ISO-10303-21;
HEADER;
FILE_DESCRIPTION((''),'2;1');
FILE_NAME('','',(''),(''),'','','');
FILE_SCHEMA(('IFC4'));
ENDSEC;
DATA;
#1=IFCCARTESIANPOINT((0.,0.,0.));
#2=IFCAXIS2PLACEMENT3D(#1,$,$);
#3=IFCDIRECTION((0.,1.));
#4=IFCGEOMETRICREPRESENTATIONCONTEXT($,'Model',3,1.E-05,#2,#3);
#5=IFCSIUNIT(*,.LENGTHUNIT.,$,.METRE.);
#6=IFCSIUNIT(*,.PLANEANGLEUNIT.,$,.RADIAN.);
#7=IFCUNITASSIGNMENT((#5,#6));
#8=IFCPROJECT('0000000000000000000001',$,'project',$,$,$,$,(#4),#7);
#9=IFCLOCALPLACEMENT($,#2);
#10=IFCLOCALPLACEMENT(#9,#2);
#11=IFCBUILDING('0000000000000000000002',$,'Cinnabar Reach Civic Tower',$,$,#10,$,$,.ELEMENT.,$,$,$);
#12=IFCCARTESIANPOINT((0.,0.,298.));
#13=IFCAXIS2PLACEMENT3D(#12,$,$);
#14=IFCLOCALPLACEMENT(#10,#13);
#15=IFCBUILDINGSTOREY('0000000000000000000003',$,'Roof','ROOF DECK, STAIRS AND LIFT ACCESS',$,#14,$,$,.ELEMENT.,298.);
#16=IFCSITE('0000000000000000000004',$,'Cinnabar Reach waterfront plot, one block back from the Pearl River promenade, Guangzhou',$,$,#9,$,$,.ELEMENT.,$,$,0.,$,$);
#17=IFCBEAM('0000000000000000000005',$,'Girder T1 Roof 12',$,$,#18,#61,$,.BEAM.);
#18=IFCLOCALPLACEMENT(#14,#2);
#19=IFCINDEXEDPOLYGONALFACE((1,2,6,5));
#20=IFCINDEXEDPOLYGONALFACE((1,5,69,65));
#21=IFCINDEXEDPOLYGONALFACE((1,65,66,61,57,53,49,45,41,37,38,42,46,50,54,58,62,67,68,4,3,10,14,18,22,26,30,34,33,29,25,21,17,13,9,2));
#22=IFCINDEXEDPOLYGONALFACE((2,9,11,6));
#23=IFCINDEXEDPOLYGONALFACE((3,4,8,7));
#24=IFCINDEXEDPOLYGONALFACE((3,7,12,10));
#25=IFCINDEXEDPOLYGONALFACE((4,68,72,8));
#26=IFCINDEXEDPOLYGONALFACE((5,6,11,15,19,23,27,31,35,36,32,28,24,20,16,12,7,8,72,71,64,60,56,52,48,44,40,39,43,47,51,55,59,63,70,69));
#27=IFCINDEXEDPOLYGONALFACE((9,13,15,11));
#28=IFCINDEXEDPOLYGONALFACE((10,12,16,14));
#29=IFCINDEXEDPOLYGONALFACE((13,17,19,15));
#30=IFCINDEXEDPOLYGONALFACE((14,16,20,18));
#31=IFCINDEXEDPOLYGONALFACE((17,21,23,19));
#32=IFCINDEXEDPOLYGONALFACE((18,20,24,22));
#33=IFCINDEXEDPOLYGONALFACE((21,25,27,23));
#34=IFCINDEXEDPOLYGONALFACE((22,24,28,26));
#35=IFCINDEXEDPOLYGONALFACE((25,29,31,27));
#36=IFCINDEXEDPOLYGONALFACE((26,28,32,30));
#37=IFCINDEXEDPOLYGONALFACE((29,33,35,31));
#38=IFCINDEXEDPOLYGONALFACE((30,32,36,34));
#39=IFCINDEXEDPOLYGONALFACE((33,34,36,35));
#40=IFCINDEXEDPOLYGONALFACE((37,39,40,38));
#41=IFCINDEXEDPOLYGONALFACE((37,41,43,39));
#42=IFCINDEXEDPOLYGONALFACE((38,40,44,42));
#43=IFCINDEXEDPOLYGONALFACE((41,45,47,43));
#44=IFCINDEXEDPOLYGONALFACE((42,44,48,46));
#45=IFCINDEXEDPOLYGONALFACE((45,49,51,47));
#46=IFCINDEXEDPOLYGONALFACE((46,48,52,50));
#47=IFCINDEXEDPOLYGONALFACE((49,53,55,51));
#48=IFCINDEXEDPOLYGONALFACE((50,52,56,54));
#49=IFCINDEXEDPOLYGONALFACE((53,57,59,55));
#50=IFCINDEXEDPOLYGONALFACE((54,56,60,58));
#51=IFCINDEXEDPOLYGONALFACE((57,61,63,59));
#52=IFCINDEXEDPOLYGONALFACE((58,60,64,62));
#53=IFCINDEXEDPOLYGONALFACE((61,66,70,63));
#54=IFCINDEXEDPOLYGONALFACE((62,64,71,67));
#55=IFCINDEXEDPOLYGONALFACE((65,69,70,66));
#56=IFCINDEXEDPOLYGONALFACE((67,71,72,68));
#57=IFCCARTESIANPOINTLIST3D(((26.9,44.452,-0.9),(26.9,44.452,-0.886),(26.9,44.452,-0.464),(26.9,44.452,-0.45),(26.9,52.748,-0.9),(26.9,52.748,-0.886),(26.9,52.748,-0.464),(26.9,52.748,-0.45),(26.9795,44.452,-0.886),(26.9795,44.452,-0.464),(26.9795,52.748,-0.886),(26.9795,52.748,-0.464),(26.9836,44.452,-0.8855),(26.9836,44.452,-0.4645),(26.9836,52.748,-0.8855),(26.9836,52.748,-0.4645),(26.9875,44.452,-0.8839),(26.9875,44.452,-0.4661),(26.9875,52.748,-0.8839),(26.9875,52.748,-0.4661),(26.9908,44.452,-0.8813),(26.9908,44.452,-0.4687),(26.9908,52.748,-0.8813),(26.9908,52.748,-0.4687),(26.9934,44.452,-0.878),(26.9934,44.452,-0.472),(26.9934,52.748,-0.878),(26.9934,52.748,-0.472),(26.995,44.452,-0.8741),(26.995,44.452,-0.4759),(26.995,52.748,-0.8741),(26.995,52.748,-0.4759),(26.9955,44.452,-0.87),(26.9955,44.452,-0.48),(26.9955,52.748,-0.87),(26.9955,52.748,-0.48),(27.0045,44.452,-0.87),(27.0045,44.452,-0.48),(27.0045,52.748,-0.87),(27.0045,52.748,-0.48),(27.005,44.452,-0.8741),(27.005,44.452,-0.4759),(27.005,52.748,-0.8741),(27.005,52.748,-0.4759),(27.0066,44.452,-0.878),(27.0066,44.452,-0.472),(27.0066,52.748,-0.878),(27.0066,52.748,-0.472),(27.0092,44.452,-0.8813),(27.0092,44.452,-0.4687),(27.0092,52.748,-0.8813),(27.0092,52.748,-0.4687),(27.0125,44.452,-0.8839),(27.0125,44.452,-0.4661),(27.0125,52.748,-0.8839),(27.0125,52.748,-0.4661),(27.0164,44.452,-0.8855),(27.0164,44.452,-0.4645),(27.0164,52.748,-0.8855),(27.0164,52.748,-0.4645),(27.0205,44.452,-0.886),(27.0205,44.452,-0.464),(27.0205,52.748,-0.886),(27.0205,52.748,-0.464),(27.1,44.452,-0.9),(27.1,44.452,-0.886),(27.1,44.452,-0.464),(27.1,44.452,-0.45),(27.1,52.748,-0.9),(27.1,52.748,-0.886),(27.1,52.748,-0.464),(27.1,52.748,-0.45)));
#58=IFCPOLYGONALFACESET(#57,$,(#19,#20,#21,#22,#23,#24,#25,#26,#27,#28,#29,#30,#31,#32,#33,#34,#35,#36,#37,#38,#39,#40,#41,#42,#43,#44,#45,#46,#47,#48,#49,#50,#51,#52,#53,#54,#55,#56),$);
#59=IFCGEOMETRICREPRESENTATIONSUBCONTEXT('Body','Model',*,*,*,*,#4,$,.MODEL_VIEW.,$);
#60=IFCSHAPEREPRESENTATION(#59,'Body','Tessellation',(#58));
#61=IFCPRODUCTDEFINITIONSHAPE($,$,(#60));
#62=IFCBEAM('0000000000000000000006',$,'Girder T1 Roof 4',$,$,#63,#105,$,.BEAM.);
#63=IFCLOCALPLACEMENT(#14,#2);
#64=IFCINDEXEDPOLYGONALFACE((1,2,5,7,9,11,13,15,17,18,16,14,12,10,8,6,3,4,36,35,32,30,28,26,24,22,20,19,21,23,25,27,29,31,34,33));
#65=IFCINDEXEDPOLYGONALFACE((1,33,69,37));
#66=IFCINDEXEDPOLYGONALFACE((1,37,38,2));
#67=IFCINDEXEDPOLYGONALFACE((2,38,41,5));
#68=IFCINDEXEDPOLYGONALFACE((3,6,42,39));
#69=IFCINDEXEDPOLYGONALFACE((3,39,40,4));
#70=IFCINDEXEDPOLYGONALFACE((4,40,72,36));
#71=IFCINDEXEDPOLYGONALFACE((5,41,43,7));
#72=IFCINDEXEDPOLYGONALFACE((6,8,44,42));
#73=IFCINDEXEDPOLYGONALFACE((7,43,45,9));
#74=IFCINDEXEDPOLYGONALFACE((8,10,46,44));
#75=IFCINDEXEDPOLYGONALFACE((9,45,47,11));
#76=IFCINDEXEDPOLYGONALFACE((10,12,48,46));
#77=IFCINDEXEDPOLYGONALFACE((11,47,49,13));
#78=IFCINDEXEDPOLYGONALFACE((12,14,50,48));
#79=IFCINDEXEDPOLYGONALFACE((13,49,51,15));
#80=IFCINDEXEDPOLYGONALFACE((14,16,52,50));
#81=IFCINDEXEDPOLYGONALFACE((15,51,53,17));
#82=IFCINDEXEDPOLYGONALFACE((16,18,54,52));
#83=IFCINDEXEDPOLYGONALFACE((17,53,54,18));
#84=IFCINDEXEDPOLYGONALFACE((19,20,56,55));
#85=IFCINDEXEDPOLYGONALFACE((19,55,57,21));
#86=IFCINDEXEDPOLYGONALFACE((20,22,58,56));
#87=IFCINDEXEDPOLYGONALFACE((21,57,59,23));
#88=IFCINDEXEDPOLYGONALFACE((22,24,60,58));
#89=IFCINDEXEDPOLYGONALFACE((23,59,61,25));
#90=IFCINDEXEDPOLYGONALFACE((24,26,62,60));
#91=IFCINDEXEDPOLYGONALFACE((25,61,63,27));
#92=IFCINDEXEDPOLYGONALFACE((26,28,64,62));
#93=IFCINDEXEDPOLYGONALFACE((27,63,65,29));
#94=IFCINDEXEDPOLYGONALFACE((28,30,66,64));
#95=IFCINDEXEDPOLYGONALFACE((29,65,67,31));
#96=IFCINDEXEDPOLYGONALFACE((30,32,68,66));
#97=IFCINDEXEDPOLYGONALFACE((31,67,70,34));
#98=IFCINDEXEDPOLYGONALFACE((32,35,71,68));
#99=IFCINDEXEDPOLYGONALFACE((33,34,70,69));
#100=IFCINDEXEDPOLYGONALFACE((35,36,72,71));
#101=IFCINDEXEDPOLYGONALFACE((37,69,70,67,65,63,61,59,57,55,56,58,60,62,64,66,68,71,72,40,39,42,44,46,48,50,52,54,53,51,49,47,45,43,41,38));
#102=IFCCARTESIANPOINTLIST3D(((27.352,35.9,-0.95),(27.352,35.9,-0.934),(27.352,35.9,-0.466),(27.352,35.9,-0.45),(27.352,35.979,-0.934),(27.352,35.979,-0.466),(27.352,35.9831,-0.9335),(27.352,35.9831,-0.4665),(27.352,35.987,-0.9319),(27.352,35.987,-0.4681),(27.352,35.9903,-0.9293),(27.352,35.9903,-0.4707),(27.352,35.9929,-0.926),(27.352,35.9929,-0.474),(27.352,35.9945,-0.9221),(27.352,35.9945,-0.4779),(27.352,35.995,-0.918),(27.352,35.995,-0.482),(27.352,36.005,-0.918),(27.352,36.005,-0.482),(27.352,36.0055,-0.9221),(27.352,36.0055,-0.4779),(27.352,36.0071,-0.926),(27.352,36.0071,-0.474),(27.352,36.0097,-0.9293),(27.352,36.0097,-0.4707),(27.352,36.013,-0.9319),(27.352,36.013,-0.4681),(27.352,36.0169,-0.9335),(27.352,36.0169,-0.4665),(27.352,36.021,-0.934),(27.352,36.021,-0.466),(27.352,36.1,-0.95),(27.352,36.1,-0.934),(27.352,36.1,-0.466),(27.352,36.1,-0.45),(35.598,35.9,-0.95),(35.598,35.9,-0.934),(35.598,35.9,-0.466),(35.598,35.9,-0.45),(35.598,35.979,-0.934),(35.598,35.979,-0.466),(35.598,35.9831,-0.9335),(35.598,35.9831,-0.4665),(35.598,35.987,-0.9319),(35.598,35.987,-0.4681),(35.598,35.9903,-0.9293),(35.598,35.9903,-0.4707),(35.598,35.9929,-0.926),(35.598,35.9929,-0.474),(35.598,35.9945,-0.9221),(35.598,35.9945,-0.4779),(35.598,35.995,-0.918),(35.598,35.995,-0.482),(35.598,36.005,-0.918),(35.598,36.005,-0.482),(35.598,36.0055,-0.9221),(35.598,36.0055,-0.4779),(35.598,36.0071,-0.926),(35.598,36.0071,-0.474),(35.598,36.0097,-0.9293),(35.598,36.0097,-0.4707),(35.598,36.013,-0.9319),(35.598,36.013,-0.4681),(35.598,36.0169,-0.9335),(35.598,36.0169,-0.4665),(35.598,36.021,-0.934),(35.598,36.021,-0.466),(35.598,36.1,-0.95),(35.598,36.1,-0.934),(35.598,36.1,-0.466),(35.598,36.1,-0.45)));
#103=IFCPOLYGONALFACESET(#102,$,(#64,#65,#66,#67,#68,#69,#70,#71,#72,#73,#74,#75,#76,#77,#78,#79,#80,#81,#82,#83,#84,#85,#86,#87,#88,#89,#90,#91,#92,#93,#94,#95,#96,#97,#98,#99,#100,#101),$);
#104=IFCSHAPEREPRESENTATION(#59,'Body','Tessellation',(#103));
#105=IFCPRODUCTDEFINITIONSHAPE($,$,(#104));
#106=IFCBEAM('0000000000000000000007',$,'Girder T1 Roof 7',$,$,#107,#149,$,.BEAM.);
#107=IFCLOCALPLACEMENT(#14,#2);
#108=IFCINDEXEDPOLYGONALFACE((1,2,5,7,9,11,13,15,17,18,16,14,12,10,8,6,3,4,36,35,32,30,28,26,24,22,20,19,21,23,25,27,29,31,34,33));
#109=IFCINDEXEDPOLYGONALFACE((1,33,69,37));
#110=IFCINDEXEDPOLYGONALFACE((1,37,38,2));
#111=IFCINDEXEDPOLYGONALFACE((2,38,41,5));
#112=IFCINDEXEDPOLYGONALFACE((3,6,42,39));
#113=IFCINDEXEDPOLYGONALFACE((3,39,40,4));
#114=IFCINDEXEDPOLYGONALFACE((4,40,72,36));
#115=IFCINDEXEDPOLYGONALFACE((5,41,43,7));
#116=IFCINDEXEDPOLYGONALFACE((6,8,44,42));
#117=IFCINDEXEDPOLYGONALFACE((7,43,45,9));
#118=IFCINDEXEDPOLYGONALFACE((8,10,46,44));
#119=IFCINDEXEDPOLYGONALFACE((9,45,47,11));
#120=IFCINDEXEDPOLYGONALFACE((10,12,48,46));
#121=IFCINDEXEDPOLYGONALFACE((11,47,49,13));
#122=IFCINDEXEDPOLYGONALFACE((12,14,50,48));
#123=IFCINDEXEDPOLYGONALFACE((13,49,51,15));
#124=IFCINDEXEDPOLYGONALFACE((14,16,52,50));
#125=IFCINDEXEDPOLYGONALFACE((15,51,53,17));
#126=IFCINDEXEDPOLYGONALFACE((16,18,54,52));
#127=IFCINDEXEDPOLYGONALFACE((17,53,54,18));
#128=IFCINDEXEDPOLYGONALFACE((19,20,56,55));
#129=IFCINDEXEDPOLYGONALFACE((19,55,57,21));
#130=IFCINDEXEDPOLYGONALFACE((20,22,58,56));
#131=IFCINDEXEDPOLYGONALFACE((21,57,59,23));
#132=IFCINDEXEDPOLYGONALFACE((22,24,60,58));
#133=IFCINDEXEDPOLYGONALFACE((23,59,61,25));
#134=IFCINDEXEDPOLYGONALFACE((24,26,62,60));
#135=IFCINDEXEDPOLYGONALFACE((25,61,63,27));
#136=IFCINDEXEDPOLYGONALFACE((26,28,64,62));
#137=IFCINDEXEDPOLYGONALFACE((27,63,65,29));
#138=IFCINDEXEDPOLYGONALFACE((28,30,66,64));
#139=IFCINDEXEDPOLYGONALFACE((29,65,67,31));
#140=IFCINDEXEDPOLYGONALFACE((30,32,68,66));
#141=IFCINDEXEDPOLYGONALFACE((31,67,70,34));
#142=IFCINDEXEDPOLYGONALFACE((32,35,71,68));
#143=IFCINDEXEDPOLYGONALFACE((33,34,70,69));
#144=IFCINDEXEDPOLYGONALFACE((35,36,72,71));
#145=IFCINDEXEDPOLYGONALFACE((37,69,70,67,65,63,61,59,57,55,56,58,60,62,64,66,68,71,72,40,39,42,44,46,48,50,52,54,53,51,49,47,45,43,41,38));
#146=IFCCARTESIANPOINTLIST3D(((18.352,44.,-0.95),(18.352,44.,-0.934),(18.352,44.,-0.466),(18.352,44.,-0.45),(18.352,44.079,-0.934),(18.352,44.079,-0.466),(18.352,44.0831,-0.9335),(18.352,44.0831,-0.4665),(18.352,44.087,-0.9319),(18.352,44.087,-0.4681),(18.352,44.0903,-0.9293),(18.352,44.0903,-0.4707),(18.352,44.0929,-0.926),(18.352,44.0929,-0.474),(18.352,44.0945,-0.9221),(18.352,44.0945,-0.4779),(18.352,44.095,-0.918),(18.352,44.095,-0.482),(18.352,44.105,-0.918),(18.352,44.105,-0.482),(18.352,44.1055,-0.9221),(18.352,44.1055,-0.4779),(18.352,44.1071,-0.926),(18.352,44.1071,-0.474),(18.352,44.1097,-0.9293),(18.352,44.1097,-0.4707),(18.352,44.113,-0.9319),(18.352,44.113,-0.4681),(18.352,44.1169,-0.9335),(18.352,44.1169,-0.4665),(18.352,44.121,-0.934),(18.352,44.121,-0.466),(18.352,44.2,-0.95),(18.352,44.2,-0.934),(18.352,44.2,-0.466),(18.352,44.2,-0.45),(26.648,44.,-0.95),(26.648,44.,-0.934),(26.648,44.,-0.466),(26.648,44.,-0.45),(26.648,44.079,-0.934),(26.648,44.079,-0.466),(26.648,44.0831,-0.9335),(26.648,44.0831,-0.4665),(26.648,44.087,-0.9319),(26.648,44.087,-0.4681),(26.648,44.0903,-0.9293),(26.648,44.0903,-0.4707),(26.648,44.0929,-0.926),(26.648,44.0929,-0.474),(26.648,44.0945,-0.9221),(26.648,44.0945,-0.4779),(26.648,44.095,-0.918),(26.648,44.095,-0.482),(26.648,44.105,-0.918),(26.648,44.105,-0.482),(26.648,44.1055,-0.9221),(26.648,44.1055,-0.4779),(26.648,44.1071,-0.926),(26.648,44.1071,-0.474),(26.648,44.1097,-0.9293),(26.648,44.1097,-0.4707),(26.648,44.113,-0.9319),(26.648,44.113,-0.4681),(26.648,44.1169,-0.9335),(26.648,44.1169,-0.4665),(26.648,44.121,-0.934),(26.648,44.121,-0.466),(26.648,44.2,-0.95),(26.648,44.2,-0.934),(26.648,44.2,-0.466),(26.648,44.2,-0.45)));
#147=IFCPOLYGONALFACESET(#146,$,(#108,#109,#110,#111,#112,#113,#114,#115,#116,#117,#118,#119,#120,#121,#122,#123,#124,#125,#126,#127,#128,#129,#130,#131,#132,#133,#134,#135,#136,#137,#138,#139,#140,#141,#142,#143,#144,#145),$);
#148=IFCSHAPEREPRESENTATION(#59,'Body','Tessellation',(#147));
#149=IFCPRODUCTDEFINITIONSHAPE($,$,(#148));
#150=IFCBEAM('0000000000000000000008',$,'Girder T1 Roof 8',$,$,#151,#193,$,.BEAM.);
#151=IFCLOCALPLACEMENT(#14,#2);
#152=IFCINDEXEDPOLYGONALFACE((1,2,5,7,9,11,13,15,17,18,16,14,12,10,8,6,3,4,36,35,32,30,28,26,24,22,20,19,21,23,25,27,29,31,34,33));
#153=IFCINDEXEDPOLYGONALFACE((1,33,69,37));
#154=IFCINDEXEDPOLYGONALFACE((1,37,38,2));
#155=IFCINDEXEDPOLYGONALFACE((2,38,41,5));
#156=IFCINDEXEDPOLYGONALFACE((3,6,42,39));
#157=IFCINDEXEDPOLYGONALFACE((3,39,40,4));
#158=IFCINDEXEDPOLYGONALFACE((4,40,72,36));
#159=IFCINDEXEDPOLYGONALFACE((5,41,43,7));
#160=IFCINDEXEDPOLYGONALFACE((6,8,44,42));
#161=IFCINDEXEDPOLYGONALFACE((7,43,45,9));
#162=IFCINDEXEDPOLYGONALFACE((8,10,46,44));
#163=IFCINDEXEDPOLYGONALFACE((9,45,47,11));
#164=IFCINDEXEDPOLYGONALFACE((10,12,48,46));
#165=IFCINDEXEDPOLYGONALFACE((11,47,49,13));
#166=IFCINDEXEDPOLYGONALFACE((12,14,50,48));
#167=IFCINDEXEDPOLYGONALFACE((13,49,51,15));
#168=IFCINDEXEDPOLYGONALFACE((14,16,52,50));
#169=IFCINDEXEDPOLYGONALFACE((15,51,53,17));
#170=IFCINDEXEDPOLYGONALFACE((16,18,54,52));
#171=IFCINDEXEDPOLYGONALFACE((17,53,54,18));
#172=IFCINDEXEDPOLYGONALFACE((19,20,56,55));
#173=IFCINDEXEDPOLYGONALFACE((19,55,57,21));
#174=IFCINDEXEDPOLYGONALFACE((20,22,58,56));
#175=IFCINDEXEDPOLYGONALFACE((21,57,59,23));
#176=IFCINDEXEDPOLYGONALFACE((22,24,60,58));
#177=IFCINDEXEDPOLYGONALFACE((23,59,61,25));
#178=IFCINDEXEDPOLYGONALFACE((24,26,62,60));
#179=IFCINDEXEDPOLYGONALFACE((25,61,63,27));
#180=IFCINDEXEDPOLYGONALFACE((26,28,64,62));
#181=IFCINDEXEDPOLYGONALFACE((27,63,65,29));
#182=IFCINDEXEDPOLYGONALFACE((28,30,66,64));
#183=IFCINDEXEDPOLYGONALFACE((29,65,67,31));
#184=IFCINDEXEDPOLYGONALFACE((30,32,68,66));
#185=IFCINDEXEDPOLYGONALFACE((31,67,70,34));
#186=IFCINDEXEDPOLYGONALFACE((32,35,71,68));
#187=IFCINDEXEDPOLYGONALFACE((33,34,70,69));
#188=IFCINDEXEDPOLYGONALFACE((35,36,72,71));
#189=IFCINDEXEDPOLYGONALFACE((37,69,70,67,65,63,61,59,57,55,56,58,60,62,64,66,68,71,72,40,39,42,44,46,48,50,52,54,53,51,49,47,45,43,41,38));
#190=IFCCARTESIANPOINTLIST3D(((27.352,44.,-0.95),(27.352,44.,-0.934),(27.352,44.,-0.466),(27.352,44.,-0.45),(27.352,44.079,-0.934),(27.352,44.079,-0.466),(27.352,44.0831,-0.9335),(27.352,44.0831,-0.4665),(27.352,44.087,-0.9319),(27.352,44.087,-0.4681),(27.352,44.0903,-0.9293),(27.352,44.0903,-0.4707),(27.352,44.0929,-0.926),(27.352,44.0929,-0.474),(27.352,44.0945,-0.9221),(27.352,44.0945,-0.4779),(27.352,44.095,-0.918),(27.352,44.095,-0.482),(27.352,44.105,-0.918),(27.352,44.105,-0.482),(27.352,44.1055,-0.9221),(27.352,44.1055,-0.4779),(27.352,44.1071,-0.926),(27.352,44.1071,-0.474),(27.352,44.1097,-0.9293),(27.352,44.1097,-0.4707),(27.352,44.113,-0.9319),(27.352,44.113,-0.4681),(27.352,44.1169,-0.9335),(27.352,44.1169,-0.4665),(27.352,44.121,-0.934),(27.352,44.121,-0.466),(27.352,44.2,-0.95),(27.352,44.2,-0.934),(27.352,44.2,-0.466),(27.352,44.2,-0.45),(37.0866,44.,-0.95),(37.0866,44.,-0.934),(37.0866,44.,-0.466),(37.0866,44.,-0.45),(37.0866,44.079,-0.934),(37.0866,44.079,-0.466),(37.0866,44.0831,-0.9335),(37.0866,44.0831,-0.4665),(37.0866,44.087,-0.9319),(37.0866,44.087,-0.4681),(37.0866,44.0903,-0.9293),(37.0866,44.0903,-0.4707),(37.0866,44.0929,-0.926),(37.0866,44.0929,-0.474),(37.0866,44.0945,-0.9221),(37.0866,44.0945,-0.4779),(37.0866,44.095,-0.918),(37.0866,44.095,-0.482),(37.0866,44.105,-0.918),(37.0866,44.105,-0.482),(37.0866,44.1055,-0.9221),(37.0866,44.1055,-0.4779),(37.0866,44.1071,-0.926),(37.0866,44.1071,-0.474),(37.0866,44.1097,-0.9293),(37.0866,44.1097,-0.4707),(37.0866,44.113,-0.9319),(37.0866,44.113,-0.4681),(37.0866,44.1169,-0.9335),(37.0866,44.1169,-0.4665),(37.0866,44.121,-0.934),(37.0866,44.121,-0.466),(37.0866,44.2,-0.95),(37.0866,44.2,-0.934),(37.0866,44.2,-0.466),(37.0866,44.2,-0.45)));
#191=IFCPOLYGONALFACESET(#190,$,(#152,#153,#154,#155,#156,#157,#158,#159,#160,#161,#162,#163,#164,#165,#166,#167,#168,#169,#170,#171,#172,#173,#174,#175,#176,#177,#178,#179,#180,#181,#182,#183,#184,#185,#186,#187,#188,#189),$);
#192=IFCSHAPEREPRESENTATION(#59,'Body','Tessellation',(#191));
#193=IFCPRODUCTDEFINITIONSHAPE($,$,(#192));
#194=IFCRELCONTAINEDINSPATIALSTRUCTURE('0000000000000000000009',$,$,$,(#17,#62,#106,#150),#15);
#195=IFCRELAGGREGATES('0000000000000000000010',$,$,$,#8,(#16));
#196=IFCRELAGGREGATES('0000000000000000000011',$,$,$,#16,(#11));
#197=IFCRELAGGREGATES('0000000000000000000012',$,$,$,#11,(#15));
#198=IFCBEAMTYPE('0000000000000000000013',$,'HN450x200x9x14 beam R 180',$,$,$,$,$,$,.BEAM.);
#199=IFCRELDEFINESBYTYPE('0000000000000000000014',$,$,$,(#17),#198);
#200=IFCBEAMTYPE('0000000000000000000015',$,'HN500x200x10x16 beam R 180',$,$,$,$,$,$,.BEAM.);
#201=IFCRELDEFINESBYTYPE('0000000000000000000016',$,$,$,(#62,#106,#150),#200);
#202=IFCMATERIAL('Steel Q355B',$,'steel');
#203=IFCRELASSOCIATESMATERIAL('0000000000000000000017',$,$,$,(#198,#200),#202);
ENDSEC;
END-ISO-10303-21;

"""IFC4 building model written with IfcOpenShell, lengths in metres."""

from ifc_helpers import new_model, si_unit, direction, frame, origin, origin_2d, place, context, subcontext, project, spatial, i_section, extrude, material, material_profile, profile_set, type_object, element, save


model = new_model("IFC4")

# Units and contexts
model_context = context("Model", 3, precision=1e-05, world=origin(), true_north=direction((0.0, 1.0)))
body_context = subcontext(model_context, "Body", "Model", "MODEL_VIEW")
ifc_project = project(units=[si_unit("LENGTHUNIT", "METRE"), si_unit("PLANEANGLEUNIT", "RADIAN")], contexts=[model_context])

# Site, building, storey
site_placement = place(None, origin())
site = spatial("IfcSite", under=ifc_project, at=site_placement, Name="Cinnabar Reach waterfront plot, one block back from the Pearl River promenade, Guangzhou", CompositionType="ELEMENT", RefElevation=0.0)
building_placement = place(site_placement, origin())
building = spatial("IfcBuilding", under=site, at=building_placement, Name="Cinnabar Reach Civic Tower", CompositionType="ELEMENT")
storey_placement = place(building_placement, frame((0.0, 0.0, 298.0)))
storey = spatial("IfcBuildingStorey", under=building, at=storey_placement, Name="Roof", Description="ROOF DECK, STAIRS AND LIFT ACCESS", CompositionType="ELEMENT", Elevation=298.0)

# Shared definitions
ifc_material_1 = material(Name="Steel Q355B", Category="steel")

# Beams
ifc_material_profile_1 = material_profile(ifc_material_1, i_section(OverallWidth=0.2, OverallDepth=0.45, WebThickness=0.009, FlangeThickness=0.014, FilletRadius=0.016, at=origin_2d()), Name="HN450x200x9x14")
ifc_profile_set_1 = profile_set([ifc_material_profile_1], Name="Steel Q355B")
beam_type_1 = type_object("IfcBeamType", Name="HN450x200x9x14 beam R 180", PredefinedType="BEAM", material=ifc_profile_set_1)
beam_1_placement = place(storey_placement, frame((27.0, 44.452, -0.675), z_axis=(0.0, 1.0, 0.0), x_axis=(-1.0, 0.0, 0.0)))
element("IfcBeam", 1, at=beam_1_placement, inside=storey, type_object=beam_type_1, Name="Girder T1 Roof 12", PredefinedType="BEAM", context=body_context, shape_type="SweptSolid", body=[
    extrude(i_section(OverallWidth=0.2, OverallDepth=0.45, WebThickness=0.009, FlangeThickness=0.014, FilletRadius=0.016, at=origin_2d()), origin(), (0.0, 0.0, 1.0), 8.296),
])
ifc_material_profile_2 = material_profile(ifc_material_1, i_section(OverallWidth=0.2, OverallDepth=0.5, WebThickness=0.01, FlangeThickness=0.016, FilletRadius=0.016, at=origin_2d()), Name="HN500x200x10x16")
ifc_profile_set_2 = profile_set([ifc_material_profile_2], Name="Steel Q355B")
beam_type_2 = type_object("IfcBeamType", Name="HN500x200x10x16 beam R 180", PredefinedType="BEAM", material=ifc_profile_set_2)
beam_2_placement = place(storey_placement, frame((27.352, 36.0, -0.7), z_axis=(1.0, 0.0, 0.0), x_axis=(0.0, 1.0, 0.0)))
element("IfcBeam", 2, at=beam_2_placement, inside=storey, type_object=beam_type_2, Name="Girder T1 Roof 4", PredefinedType="BEAM", context=body_context, shape_type="SweptSolid", body=[
    extrude(i_section(OverallWidth=0.2, OverallDepth=0.5, WebThickness=0.01, FlangeThickness=0.016, FilletRadius=0.016, at=origin_2d()), origin(), (0.0, 0.0, 1.0), 8.246),
])
beam_3_placement = place(storey_placement, frame((18.352, 44.1, -0.7), z_axis=(1.0, 0.0, 0.0), x_axis=(0.0, 1.0, 0.0)))
element("IfcBeam", 3, at=beam_3_placement, inside=storey, type_object=beam_type_2, Name="Girder T1 Roof 7", PredefinedType="BEAM", context=body_context, shape_type="SweptSolid", body=[
    extrude(i_section(OverallWidth=0.2, OverallDepth=0.5, WebThickness=0.01, FlangeThickness=0.016, FilletRadius=0.016, at=origin_2d()), origin(), (0.0, 0.0, 1.0), 8.296),
])
beam_4_placement = place(storey_placement, frame((27.352, 44.1, -0.7), z_axis=(1.0, 0.0, 0.0), x_axis=(0.0, 1.0, 0.0)))
element("IfcBeam", 4, at=beam_4_placement, inside=storey, type_object=beam_type_2, Name="Girder T1 Roof 8", PredefinedType="BEAM", context=body_context, shape_type="SweptSolid", body=[
    extrude(i_section(OverallWidth=0.2, OverallDepth=0.5, WebThickness=0.01, FlangeThickness=0.016, FilletRadius=0.016, at=origin_2d()), origin(), (0.0, 0.0, 1.0), 9.7346),
])

save(model, "model.ifc")
